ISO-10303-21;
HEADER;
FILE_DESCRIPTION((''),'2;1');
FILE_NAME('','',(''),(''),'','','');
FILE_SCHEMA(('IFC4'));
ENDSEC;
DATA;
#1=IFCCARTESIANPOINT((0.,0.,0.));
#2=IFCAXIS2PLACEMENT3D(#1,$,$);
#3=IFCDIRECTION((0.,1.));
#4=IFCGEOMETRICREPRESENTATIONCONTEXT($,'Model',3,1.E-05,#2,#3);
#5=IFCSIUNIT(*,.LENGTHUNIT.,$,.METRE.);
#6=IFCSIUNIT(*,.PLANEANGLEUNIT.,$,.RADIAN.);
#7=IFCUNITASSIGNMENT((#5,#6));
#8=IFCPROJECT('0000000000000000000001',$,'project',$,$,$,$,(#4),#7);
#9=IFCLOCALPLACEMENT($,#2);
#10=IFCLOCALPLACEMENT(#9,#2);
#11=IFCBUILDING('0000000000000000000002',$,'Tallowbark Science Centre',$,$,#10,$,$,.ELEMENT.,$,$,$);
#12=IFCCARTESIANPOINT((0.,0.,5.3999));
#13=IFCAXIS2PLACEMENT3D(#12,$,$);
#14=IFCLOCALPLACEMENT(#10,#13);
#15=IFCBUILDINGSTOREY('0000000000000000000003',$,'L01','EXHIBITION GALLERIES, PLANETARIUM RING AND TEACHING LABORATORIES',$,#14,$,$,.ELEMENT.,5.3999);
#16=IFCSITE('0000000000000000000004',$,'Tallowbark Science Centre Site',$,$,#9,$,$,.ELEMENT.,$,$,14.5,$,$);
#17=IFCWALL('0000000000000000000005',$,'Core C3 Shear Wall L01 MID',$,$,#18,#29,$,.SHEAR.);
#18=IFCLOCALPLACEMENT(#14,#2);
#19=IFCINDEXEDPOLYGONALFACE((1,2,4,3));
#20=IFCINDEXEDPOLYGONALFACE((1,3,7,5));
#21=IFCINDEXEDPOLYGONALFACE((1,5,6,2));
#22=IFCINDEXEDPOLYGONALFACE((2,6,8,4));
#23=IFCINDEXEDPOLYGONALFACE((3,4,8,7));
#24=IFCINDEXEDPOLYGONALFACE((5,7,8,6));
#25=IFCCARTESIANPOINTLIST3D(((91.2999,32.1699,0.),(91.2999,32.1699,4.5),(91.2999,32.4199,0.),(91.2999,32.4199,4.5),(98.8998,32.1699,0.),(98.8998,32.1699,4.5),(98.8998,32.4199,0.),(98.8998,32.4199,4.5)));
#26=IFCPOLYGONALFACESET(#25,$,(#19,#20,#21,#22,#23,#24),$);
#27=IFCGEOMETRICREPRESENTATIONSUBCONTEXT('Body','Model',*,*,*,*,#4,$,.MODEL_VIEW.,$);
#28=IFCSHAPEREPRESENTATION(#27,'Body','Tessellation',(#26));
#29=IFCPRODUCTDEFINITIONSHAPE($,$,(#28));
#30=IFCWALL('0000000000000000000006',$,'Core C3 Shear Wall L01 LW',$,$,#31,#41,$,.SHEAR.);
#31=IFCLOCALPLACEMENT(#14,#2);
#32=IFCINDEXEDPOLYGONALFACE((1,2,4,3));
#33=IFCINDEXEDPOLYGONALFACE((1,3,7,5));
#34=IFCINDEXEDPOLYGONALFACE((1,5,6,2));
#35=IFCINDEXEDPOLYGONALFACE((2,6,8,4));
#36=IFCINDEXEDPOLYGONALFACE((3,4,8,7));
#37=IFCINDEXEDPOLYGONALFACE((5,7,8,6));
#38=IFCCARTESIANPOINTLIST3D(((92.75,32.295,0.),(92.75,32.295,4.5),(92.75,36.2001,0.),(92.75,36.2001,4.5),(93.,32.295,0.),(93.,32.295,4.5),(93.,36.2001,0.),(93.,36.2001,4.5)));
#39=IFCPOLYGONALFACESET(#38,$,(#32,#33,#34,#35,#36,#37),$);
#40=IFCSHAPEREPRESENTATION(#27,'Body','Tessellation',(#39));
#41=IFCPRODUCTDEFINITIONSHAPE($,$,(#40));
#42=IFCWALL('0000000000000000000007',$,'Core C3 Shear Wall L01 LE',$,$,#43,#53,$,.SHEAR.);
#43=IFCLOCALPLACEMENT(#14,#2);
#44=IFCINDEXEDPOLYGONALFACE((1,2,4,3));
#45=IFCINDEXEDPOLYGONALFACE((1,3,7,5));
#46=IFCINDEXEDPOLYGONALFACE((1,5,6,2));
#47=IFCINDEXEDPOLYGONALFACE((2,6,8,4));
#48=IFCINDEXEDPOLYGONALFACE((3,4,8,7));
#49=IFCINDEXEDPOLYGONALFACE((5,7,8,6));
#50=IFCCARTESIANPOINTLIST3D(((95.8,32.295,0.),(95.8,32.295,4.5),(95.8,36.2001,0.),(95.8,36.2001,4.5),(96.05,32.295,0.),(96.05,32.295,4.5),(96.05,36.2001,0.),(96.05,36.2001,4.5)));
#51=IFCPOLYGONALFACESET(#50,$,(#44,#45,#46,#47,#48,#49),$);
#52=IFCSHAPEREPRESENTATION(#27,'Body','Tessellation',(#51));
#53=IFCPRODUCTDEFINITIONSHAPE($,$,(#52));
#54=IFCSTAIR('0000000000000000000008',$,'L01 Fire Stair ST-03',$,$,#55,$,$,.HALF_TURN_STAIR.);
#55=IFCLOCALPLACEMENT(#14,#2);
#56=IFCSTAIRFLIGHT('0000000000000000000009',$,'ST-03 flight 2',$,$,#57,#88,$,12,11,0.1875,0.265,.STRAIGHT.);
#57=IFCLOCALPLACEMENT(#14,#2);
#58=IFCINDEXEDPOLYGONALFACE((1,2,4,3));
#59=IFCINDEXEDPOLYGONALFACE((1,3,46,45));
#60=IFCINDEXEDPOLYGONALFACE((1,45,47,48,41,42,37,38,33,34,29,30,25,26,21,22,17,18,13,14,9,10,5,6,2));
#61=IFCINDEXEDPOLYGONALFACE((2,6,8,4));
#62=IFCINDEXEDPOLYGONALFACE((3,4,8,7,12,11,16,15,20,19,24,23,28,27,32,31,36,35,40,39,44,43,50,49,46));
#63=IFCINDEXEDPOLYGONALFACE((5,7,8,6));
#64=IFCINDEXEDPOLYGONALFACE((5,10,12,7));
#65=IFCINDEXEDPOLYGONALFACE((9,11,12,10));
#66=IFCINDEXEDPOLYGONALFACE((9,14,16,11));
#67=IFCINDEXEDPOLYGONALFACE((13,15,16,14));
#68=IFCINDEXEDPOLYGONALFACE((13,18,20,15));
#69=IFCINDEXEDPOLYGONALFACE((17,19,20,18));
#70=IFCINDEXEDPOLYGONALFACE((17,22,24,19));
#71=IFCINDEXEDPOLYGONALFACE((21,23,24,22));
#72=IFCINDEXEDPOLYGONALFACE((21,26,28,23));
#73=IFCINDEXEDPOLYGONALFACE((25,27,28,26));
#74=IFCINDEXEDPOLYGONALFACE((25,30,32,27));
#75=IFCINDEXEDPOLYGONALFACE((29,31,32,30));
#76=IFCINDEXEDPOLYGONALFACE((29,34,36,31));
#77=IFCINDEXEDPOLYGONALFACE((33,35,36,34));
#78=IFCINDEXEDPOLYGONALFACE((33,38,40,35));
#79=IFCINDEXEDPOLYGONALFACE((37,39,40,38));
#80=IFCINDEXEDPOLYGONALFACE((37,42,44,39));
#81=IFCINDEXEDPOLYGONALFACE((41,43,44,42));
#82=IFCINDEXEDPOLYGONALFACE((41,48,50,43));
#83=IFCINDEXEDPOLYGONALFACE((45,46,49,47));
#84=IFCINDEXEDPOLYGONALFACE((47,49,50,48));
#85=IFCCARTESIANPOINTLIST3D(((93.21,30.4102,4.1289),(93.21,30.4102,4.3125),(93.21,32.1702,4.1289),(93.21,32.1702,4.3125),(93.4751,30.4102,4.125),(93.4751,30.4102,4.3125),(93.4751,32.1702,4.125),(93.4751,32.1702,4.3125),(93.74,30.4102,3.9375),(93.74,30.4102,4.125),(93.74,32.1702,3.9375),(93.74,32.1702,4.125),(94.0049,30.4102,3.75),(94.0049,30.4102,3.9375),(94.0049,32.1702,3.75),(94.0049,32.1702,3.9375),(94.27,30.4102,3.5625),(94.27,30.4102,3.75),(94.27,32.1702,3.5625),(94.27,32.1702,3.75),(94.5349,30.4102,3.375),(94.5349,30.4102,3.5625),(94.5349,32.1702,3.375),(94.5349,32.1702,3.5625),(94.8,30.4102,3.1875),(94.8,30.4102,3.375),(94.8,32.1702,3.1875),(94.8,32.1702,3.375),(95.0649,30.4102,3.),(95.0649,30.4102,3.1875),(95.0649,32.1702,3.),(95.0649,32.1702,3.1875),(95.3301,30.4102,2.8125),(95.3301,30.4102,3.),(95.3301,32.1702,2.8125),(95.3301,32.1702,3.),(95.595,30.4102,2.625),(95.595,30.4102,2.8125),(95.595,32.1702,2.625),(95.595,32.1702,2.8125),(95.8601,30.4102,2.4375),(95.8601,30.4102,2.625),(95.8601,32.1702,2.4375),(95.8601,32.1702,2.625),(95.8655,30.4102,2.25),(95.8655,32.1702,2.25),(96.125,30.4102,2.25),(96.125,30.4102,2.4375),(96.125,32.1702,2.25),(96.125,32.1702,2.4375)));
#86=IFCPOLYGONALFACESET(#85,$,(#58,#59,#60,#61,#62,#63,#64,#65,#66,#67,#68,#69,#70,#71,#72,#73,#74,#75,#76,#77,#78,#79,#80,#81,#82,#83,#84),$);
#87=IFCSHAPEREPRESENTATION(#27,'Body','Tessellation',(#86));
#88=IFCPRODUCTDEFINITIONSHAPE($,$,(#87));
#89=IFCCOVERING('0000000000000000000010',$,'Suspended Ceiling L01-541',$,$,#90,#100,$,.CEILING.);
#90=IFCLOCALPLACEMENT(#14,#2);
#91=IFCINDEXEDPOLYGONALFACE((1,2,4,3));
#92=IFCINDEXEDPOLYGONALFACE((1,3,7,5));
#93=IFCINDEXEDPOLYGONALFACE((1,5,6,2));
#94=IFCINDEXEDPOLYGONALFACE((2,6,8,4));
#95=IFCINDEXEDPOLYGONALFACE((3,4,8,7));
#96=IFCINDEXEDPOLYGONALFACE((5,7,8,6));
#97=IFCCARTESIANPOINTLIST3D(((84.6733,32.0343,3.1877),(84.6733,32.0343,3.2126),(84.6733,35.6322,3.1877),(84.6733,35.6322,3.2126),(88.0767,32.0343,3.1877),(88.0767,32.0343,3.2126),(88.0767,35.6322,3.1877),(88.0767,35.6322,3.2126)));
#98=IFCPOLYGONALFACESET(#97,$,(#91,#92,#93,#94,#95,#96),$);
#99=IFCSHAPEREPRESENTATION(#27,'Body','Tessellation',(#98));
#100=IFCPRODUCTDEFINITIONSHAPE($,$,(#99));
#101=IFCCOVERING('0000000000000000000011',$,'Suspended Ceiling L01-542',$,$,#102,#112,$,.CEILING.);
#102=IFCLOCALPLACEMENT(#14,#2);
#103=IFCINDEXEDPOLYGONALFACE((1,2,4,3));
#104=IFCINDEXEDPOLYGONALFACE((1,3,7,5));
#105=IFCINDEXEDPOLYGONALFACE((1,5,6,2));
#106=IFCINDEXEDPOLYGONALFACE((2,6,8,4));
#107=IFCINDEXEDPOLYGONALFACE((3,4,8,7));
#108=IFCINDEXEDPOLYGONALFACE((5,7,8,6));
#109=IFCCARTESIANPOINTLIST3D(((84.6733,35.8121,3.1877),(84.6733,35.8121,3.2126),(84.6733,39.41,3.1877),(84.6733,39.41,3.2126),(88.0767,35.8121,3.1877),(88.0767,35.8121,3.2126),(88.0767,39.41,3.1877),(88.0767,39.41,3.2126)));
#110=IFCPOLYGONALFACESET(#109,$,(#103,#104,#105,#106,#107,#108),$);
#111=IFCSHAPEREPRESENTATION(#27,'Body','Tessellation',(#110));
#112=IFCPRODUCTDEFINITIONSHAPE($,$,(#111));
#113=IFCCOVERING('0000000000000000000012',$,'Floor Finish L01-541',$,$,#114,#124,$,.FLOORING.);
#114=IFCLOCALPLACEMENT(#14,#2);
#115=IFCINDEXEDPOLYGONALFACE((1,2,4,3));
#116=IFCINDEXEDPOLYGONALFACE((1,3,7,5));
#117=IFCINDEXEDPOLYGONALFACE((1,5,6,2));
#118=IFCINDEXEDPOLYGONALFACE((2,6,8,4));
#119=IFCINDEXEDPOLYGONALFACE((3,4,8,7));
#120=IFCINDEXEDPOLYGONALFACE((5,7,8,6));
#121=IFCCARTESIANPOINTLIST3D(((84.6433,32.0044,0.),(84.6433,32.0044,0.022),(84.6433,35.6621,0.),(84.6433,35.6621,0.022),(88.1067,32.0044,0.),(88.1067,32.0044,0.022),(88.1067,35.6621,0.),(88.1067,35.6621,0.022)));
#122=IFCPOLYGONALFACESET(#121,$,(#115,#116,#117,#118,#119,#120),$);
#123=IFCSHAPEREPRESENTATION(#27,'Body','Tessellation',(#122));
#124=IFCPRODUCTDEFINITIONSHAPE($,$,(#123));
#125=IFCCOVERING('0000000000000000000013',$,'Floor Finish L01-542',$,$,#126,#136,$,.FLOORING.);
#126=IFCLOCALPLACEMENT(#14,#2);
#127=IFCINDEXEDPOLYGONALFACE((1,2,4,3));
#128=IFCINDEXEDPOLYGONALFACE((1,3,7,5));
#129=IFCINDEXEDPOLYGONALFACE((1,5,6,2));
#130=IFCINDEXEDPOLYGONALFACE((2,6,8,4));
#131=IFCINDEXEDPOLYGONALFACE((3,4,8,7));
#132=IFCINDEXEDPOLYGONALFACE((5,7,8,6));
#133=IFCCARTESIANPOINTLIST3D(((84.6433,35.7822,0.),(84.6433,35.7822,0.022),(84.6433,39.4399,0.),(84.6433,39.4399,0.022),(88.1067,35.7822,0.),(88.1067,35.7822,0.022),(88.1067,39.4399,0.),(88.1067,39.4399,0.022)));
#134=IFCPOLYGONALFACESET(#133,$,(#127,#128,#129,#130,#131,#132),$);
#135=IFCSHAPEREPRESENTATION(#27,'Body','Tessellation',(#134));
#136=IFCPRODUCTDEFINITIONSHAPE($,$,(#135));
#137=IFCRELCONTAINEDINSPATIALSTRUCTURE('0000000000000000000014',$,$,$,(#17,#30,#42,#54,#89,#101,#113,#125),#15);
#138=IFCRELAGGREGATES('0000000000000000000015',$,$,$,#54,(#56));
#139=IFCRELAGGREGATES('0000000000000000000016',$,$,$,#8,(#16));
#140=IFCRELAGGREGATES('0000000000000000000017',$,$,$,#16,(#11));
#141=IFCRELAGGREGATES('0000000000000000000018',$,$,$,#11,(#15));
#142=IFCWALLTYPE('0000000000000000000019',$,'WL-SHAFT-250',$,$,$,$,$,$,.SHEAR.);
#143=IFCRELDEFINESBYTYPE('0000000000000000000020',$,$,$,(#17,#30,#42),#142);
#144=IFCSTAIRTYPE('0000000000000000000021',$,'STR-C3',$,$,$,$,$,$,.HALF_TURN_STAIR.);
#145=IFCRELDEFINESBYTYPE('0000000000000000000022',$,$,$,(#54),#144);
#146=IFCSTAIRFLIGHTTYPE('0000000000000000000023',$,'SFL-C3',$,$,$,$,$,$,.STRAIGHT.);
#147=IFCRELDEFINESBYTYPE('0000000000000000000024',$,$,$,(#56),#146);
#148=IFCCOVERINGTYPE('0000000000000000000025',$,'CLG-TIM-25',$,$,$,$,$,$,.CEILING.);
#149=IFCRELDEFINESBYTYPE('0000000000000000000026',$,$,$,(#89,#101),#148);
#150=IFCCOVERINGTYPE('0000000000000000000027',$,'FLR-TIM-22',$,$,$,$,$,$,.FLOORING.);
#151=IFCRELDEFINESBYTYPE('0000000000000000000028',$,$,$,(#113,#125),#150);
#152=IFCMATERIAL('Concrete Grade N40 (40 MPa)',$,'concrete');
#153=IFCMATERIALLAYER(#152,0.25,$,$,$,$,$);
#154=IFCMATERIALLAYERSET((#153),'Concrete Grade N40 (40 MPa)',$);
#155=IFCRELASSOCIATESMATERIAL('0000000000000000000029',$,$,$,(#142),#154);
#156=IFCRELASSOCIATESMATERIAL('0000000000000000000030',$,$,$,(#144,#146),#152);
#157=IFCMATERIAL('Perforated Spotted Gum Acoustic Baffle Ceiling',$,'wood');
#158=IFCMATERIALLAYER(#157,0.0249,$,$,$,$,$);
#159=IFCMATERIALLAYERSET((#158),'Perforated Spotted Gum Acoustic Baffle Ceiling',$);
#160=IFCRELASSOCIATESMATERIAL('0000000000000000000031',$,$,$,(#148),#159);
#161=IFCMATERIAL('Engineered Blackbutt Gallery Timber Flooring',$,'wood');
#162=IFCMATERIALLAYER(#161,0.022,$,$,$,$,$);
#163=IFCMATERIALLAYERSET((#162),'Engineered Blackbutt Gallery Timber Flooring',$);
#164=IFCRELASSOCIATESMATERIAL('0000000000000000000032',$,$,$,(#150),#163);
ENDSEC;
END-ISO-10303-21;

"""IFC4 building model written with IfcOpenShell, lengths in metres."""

from ifc_helpers import new_model, si_unit, direction, frame, frame_2d, origin, origin_2d, place, context, subcontext, project, spatial, polyline, rectangle, outline, extrude, material, layer, layer_set, type_object, element, aggregate, save


model = new_model("IFC4")

# Units and contexts
model_context = context("Model", 3, precision=1e-05, world=origin(), true_north=direction((0.0, 1.0)))
body_context = subcontext(model_context, "Body", "Model", "MODEL_VIEW")
ifc_project = project(units=[si_unit("LENGTHUNIT", "METRE"), si_unit("PLANEANGLEUNIT", "RADIAN")], contexts=[model_context])

# Site, building, storey
site_placement = place(None, origin())
site = spatial("IfcSite", under=ifc_project, at=site_placement, Name="Tallowbark Science Centre Site", CompositionType="ELEMENT", RefElevation=14.5)
building_placement = place(site_placement, origin())
building = spatial("IfcBuilding", under=site, at=building_placement, Name="Tallowbark Science Centre", CompositionType="ELEMENT")
storey_placement = place(building_placement, frame((0.0, 0.0, 5.3999)))
storey = spatial("IfcBuildingStorey", under=building, at=storey_placement, Name="L01", Description="EXHIBITION GALLERIES, PLANETARIUM RING AND TEACHING LABORATORIES", CompositionType="ELEMENT", Elevation=5.3999)

# Shared definitions
ifc_material_1 = material(Name="Concrete Grade N40 (40 MPa)", Category="concrete")

# Walls
ifc_layer_1 = layer(ifc_material_1, 0.25)
ifc_layer_set_1 = layer_set([ifc_layer_1], Name="Concrete Grade N40 (40 MPa)")
wall_type_1 = type_object("IfcWallType", Name="WL-SHAFT-250", PredefinedType="SHEAR", material=ifc_layer_set_1)
wall_1_placement = place(storey_placement, frame((91.3, 32.2949, 0.0), z_axis=(0.0, 0.0, 1.0), x_axis=(1.0, 0.0, 0.0)))
element("IfcWall", 1, at=wall_1_placement, inside=storey, type_object=wall_type_1, Name="Core C3 Shear Wall L01 MID", PredefinedType="SHEAR", context=body_context, shape_type="SweptSolid", body=[
    extrude(rectangle(XDim=7.5999, YDim=0.25, at=frame_2d((3.7998, 0.0))), origin(), (0.0, 0.0, 1.0), 4.5),
])
for number, where, z_axis, x_axis, name in (
    (2, (92.875, 32.2949, 0.0), (0.0, 0.0, 1.0), (0.0, 1.0, 0.0), "Core C3 Shear Wall L01 LW"),
    (3, (95.925, 32.2949, 0.0), (0.0, 0.0, 1.0), (0.0, 1.0, 0.0), "Core C3 Shear Wall L01 LE"),
):
    element("IfcWall", number, at=place(storey_placement, frame(where, z_axis=z_axis, x_axis=x_axis)), inside=storey, type_object=wall_type_1, Name=name, PredefinedType="SHEAR", context=body_context, shape_type="SweptSolid", body=[
        extrude(rectangle(XDim=3.905, YDim=0.25, at=frame_2d((1.9526, 0.0))), origin(), (0.0, 0.0, 1.0), 4.5),
    ])

# Stair, stair flight
stair_type = type_object("IfcStairType", Name="STR-C3", PredefinedType="HALF_TURN_STAIR", material=ifc_material_1)
stair_placement = place(storey_placement, origin())
stair = element("IfcStair", 4, at=stair_placement, inside=storey, type_object=stair_type, Name="L01 Fire Stair ST-03", PredefinedType="HALF_TURN_STAIR")
stair_flight_type = type_object("IfcStairFlightType", Name="SFL-C3", PredefinedType="STRAIGHT", material=ifc_material_1)
stair_flight_placement = place(storey_placement, frame((96.125, 31.29, 2.25), z_axis=(0.0, 0.0, 1.0), x_axis=(-1.0, 0.0, 0.0)))
stair_flight = element("IfcStairFlight", 5, at=stair_flight_placement, type_object=stair_flight_type, Name="ST-03 flight 2", NumberOfRisers=12, NumberOfTreads=11, PredefinedType="STRAIGHT", RiserHeight=0.1875, TreadLength=0.265, context=body_context, shape_type="SweptSolid", body=[
    extrude(outline(polyline([(0.0, 0.0), (0.0, 0.1875), (0.2649, 0.1875), (0.2649, 0.375), (0.53, 0.375), (0.53, 0.5625), (0.7949, 0.5625), (0.7949, 0.75), (1.0601, 0.75), (1.0601, 0.9375), (1.325, 0.9375), (1.325, 1.125), (1.5901, 1.125), (1.5901, 1.3125), (1.855, 1.3125), (1.855, 1.5), (2.1201, 1.5), (2.1201, 1.6875), (2.385, 1.6875), (2.385, 1.875), (2.6499, 1.875), (2.6499, 2.0625), (2.915, 2.0625), (2.915, 2.25), (2.915, 1.8789), (0.2595, 0.0), (0.0, 0.0)])), frame((0.0, 0.8799, 0.0), z_axis=(0.0, -1.0, 0.0), x_axis=(1.0, 0.0, 0.0)), (0.0, 0.0, 1.0), 1.76),
])
aggregate(stair, [stair_flight])

# Coverings
ifc_material_2 = material(Name="Perforated Spotted Gum Acoustic Baffle Ceiling", Category="wood")
ifc_layer_2 = layer(ifc_material_2, 0.0249)
ifc_layer_set_2 = layer_set([ifc_layer_2], Name="Perforated Spotted Gum Acoustic Baffle Ceiling")
covering_type_1 = type_object("IfcCoveringType", Name="CLG-TIM-25", PredefinedType="CEILING", material=ifc_layer_set_2)
for number, where, z_axis, x_axis, name in (
    (6, (86.375, 33.8333, 3.1877), (0.0, 0.0, 1.0), (1.0, 0.0, 0.0), "Suspended Ceiling L01-541"),
    (7, (86.375, 37.6111, 3.1877), (0.0, 0.0, 1.0), (1.0, 0.0, 0.0), "Suspended Ceiling L01-542"),
):
    element("IfcCovering", number, at=place(storey_placement, frame(where, z_axis=z_axis, x_axis=x_axis)), inside=storey, type_object=covering_type_1, Name=name, PredefinedType="CEILING", context=body_context, shape_type="SweptSolid", body=[
        extrude(rectangle(XDim=3.4033, YDim=3.5979, at=origin_2d()), origin(), (0.0, 0.0, 1.0), 0.0249),
    ])
ifc_material_3 = material(Name="Engineered Blackbutt Gallery Timber Flooring", Category="wood")
ifc_layer_3 = layer(ifc_material_3, 0.022)
ifc_layer_set_3 = layer_set([ifc_layer_3], Name="Engineered Blackbutt Gallery Timber Flooring")
covering_type_2 = type_object("IfcCoveringType", Name="FLR-TIM-22", PredefinedType="FLOORING", material=ifc_layer_set_3)
for number, where, z_axis, x_axis, name in (
    (8, (86.375, 33.8333, 0.0), (0.0, 0.0, 1.0), (1.0, 0.0, 0.0), "Floor Finish L01-541"),
    (9, (86.375, 37.6111, 0.0), (0.0, 0.0, 1.0), (1.0, 0.0, 0.0), "Floor Finish L01-542"),
):
    element("IfcCovering", number, at=place(storey_placement, frame(where, z_axis=z_axis, x_axis=x_axis)), inside=storey, type_object=covering_type_2, Name=name, PredefinedType="FLOORING", context=body_context, shape_type="SweptSolid", body=[
        extrude(rectangle(XDim=3.4634, YDim=3.6577, at=origin_2d()), origin(), (0.0, 0.0, 1.0), 0.022),
    ])

save(model, "model.ifc")
